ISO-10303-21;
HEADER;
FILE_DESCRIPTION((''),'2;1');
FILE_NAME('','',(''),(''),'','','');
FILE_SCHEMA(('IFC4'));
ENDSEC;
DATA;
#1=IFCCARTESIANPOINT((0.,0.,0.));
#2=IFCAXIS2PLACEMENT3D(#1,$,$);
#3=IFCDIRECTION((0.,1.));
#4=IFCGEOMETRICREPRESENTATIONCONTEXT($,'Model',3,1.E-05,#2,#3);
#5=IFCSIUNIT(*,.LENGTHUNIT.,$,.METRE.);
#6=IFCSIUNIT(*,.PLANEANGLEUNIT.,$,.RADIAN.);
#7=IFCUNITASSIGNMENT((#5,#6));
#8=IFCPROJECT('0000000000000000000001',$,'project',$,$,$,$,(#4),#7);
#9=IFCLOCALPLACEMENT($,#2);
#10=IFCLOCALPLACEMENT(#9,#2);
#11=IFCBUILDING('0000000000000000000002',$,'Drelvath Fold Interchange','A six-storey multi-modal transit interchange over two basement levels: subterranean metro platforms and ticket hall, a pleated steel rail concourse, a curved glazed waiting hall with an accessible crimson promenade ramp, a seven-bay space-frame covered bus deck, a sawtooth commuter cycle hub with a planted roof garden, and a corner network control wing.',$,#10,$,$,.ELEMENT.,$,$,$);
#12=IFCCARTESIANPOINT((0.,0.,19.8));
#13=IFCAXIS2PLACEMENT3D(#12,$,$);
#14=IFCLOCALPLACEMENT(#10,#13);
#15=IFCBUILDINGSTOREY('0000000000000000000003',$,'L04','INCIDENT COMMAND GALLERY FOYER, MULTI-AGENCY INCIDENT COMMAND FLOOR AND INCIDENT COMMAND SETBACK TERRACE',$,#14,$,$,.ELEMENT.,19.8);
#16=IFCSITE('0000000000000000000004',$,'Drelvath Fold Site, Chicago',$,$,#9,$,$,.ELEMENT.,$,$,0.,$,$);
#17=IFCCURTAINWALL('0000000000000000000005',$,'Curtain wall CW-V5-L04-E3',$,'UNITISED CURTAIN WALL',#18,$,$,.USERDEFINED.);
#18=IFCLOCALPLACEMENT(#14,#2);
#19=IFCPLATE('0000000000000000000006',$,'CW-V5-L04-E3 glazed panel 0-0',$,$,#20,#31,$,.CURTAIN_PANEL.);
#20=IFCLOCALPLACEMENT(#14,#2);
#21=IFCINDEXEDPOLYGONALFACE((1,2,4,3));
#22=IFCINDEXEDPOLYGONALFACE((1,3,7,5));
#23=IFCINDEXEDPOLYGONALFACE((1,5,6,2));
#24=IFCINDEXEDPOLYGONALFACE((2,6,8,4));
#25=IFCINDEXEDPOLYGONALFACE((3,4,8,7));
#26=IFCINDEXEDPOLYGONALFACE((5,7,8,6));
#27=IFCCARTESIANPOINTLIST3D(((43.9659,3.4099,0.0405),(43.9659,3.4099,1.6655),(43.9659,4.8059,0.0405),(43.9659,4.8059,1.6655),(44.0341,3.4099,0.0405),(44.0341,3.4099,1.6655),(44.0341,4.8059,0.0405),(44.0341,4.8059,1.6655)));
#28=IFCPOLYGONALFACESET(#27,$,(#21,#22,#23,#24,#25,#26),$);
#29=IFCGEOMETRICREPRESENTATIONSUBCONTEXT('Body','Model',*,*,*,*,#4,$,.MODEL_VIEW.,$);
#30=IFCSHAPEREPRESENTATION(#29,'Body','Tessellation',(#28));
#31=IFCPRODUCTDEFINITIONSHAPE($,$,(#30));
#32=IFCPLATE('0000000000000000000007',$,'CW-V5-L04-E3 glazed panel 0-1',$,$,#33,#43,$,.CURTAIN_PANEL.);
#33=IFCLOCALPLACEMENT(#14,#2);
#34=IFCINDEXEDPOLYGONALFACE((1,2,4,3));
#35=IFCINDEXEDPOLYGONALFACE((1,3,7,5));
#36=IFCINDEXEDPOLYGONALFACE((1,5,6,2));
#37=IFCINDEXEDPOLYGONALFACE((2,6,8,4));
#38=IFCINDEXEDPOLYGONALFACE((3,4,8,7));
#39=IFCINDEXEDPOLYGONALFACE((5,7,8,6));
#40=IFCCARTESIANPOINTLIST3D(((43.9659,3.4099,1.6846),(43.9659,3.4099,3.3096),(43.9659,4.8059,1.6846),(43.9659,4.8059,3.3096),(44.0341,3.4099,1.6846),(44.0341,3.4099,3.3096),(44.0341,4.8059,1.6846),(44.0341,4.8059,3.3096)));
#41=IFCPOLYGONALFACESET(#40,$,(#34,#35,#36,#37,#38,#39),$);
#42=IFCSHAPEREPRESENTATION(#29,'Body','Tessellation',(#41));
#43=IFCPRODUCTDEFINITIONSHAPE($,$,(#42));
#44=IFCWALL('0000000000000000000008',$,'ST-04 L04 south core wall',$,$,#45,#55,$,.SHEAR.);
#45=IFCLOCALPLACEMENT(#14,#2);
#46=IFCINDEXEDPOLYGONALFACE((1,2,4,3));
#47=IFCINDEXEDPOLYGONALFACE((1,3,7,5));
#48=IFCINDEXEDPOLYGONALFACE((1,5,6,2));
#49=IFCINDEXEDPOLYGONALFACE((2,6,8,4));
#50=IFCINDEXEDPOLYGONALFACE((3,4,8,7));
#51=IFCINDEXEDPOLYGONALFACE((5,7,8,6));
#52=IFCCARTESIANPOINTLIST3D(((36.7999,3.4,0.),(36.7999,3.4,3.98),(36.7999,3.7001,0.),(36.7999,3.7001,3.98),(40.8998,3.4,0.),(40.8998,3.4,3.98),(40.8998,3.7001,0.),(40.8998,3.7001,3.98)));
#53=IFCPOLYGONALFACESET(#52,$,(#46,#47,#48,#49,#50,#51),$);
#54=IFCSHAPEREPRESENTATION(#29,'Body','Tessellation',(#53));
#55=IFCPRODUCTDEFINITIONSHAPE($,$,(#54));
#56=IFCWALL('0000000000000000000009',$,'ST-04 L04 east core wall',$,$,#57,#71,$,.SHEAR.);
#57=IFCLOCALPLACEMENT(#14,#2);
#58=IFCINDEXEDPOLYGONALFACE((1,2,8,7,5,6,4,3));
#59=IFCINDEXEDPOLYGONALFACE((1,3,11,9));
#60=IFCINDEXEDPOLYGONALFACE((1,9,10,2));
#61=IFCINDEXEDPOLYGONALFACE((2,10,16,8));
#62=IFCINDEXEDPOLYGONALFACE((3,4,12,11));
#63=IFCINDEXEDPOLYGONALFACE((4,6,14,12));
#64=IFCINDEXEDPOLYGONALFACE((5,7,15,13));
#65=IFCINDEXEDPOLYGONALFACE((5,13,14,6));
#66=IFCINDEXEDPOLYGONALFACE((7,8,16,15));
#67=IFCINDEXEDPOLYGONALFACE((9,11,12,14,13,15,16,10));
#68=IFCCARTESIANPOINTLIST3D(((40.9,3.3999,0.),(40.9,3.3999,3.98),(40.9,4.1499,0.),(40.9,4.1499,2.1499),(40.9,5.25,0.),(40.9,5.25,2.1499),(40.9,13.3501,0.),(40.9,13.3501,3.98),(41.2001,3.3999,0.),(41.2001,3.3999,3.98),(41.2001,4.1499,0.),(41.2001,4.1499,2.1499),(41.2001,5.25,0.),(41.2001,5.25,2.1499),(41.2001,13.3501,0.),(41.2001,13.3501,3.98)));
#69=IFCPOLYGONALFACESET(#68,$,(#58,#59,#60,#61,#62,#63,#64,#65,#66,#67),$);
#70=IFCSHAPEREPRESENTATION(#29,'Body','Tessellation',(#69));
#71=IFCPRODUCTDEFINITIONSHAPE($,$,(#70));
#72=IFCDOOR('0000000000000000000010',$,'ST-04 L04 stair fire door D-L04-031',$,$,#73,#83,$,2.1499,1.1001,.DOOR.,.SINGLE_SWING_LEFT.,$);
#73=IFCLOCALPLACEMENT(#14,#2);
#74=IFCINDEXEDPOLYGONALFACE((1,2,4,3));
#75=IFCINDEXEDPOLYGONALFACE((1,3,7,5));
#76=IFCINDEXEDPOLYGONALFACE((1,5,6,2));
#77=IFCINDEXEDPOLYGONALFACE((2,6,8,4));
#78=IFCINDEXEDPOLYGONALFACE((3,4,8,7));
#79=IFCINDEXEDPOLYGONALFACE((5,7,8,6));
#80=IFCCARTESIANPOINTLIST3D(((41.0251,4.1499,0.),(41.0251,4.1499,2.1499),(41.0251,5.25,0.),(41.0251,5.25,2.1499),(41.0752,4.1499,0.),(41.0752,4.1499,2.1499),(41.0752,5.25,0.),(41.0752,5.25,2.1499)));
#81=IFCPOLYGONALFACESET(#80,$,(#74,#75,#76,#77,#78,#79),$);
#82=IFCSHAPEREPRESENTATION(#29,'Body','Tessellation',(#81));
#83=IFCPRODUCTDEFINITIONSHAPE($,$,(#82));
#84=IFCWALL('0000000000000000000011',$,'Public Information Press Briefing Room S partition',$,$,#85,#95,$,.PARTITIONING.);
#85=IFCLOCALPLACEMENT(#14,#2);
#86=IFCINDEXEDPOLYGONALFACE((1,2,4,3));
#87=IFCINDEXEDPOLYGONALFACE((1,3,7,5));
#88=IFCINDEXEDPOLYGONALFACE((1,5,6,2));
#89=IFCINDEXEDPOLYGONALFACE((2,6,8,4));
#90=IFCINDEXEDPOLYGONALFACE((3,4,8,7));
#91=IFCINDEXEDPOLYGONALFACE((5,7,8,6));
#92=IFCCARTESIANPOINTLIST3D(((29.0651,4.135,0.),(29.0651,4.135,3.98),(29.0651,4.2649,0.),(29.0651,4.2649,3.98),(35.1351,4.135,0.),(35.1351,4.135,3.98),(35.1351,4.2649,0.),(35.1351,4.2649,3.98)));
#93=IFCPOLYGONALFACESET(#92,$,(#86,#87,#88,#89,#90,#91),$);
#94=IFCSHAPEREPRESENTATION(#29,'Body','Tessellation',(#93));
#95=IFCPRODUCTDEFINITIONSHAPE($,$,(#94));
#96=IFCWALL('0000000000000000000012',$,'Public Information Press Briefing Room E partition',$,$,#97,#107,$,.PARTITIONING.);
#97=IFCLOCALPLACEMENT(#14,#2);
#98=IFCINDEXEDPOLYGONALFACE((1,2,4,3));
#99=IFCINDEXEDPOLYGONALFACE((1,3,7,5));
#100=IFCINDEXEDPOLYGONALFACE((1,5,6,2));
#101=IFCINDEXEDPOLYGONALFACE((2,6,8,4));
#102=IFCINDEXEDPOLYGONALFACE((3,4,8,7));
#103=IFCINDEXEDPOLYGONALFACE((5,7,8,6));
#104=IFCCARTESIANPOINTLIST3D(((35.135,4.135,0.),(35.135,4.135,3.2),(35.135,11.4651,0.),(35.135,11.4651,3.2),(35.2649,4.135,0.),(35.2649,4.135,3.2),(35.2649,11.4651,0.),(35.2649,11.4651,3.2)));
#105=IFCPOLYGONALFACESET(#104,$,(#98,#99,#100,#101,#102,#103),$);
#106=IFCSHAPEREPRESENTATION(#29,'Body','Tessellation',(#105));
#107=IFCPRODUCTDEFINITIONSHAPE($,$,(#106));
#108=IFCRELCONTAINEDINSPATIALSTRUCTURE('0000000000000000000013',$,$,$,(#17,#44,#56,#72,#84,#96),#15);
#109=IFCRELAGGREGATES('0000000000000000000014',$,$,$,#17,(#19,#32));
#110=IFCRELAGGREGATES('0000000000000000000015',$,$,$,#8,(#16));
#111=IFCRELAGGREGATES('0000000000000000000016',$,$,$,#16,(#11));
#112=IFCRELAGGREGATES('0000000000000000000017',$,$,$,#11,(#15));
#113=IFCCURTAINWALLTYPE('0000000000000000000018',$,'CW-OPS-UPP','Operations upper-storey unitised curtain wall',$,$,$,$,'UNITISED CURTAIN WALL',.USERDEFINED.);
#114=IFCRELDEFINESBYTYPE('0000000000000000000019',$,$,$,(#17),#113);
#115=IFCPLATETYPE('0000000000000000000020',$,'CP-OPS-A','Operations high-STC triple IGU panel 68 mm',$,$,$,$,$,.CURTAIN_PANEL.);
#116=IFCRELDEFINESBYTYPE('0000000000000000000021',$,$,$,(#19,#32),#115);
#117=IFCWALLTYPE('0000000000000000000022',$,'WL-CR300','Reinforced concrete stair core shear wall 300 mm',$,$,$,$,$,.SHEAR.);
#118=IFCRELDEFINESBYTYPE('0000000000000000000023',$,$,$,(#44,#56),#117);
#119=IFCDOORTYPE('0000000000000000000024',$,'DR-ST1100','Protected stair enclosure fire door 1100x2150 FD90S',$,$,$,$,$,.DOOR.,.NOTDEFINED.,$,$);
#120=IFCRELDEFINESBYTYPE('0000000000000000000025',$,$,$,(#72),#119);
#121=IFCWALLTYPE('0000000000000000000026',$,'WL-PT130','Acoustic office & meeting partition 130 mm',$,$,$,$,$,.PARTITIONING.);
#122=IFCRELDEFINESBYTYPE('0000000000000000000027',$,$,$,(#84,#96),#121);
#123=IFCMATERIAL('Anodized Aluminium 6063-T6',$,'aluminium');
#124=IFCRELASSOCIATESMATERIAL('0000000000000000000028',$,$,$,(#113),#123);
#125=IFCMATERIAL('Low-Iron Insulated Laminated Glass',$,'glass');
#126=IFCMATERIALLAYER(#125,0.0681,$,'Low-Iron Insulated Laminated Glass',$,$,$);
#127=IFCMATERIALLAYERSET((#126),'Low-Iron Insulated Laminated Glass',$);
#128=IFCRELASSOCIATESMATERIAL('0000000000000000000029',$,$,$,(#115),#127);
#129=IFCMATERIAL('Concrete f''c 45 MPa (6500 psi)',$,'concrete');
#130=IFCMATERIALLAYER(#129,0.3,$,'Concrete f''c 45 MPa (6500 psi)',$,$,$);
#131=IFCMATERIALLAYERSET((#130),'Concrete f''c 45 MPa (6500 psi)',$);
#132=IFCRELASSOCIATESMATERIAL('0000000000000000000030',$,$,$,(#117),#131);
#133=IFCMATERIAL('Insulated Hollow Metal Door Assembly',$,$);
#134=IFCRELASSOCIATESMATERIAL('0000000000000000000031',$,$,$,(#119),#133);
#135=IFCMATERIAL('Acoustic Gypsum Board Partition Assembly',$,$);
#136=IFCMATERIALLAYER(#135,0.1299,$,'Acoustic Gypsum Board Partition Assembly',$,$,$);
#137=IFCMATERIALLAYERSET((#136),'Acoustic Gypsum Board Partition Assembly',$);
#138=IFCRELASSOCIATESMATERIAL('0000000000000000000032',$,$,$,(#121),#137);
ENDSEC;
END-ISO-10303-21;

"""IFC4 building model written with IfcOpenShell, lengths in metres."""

from ifc_helpers import new_model, si_unit, direction, frame, frame_2d, origin, origin_2d, place, context, subcontext, project, spatial, rectangle, extrude, material, layer, layer_set, type_object, element, fill, aggregate, save


model = new_model("IFC4")

# Units and contexts
model_context = context("Model", 3, precision=1e-05, world=origin(), true_north=direction((0.0, 1.0)))
body_context = subcontext(model_context, "Body", "Model", "MODEL_VIEW")
ifc_project = project(units=[si_unit("LENGTHUNIT", "METRE"), si_unit("PLANEANGLEUNIT", "RADIAN")], contexts=[model_context])

# Site, building, storey
site_placement = place(None, origin())
site = spatial("IfcSite", under=ifc_project, at=site_placement, Name="Drelvath Fold Site, Chicago", CompositionType="ELEMENT", RefElevation=0.0)
building_placement = place(site_placement, origin())
building = spatial("IfcBuilding", under=site, at=building_placement, Name="Drelvath Fold Interchange", Description="A six-storey multi-modal transit interchange over two basement levels: subterranean metro platforms and ticket hall, a pleated steel rail concourse, a curved glazed waiting hall with an accessible crimson promenade ramp, a seven-bay space-frame covered bus deck, a sawtooth commuter cycle hub with a planted roof garden, and a corner network control wing.", CompositionType="ELEMENT")
storey_placement = place(building_placement, frame((0.0, 0.0, 19.8)))
storey = spatial("IfcBuildingStorey", under=building, at=storey_placement, Name="L04", Description="INCIDENT COMMAND GALLERY FOYER, MULTI-AGENCY INCIDENT COMMAND FLOOR AND INCIDENT COMMAND SETBACK TERRACE", CompositionType="ELEMENT", Elevation=19.8)

# Curtain wall
ifc_material_1 = material(Name="Anodized Aluminium 6063-T6", Category="aluminium")
curtain_wall_type = type_object("IfcCurtainWallType", Name="CW-OPS-UPP", Description="Operations upper-storey unitised curtain wall", ElementType="UNITISED CURTAIN WALL", PredefinedType="USERDEFINED", material=ifc_material_1)
curtain_wall_1_placement = place(storey_placement, origin())
curtain_wall_1 = element("IfcCurtainWall", 1, at=curtain_wall_1_placement, inside=storey, type_object=curtain_wall_type, Name="Curtain wall CW-V5-L04-E3", ObjectType="UNITISED CURTAIN WALL", PredefinedType="USERDEFINED")

# Plates
ifc_material_2 = material(Name="Low-Iron Insulated Laminated Glass", Category="glass")
ifc_layer_1 = layer(ifc_material_2, 0.0681, Name="Low-Iron Insulated Laminated Glass")
ifc_layer_set_1 = layer_set([ifc_layer_1], Name="Low-Iron Insulated Laminated Glass")
plate_type = type_object("IfcPlateType", Name="CP-OPS-A", Description="Operations high-STC triple IGU panel 68 mm", PredefinedType="CURTAIN_PANEL", material=ifc_layer_set_1)
plate_1_placement = place(storey_placement, frame((44.0, 4.1079, 0.0405), z_axis=(0.0, 0.0, 1.0), x_axis=(0.0, 1.0, 0.0)))
plate_1 = element("IfcPlate", 2, at=plate_1_placement, type_object=plate_type, Name="CW-V5-L04-E3 glazed panel 0-0", PredefinedType="CURTAIN_PANEL", context=body_context, shape_type="SweptSolid", body=[
    extrude(rectangle(XDim=1.396, YDim=0.0681, at=origin_2d()), origin(), (0.0, 0.0, 1.0), 1.625),
])
plate_2_placement = place(storey_placement, frame((44.0, 4.1079, 1.6846), z_axis=(0.0, 0.0, 1.0), x_axis=(0.0, 1.0, 0.0)))
plate_2 = element("IfcPlate", 3, at=plate_2_placement, type_object=plate_type, Name="CW-V5-L04-E3 glazed panel 0-1", PredefinedType="CURTAIN_PANEL", context=body_context, shape_type="SweptSolid", body=[
    extrude(rectangle(XDim=1.396, YDim=0.0681, at=origin_2d()), origin(), (0.0, 0.0, 1.0), 1.625),
])
aggregate(curtain_wall_1, [plate_1, plate_2])

# Wall
ifc_material_3 = material(Name="Concrete f'c 45 MPa (6500 psi)", Category="concrete")
ifc_layer_2 = layer(ifc_material_3, 0.3, Name="Concrete f'c 45 MPa (6500 psi)")
ifc_layer_set_2 = layer_set([ifc_layer_2], Name="Concrete f'c 45 MPa (6500 psi)")
wall_type_1 = type_object("IfcWallType", Name="WL-CR300", Description="Reinforced concrete stair core shear wall 300 mm", PredefinedType="SHEAR", material=ifc_layer_set_2)
wall_1_placement = place(storey_placement, frame((36.8, 3.55, 0.0), z_axis=(0.0, 0.0, 1.0), x_axis=(1.0, 0.0, 0.0)))
element("IfcWall", 4, at=wall_1_placement, inside=storey, type_object=wall_type_1, Name="ST-04 L04 south core wall", PredefinedType="SHEAR", context=body_context, shape_type="SweptSolid", body=[
    extrude(rectangle(XDim=4.0999, YDim=0.3, at=frame_2d((2.0498, 0.0))), origin(), (0.0, 0.0, 1.0), 3.98),
])

# Wall, opening, door
wall_2_placement = place(storey_placement, frame((41.05, 3.3999, 0.0), z_axis=(0.0, 0.0, 1.0), x_axis=(0.0, 1.0, 0.0)))
wall_2 = element("IfcWall", 5, at=wall_2_placement, inside=storey, type_object=wall_type_1, Name="ST-04 L04 east core wall", PredefinedType="SHEAR", context=body_context, shape_type="SweptSolid", body=[
    extrude(rectangle(XDim=9.9502, YDim=0.3, at=frame_2d((4.9751, 0.0))), origin(), (0.0, 0.0, 1.0), 3.98),
])
opening_placement = place(wall_2_placement, frame((0.75, 0.0, 0.0)))
opening = element("IfcOpeningElement", 6, at=opening_placement, cuts=wall_2, PredefinedType="OPENING", context=body_context, shape_type="SweptSolid", body=[
    extrude(rectangle(XDim=1.1001, YDim=2.1499, at=frame_2d((0.55, 1.075))), frame((0.0, 0.1599, 0.0), z_axis=(0.0, -1.0, 0.0), x_axis=(1.0, 0.0, 0.0)), (0.0, 0.0, 1.0), 0.3201),
])
ifc_material_4 = material(Name="Insulated Hollow Metal Door Assembly")
door_type = type_object("IfcDoorType", Name="DR-ST1100", Description="Protected stair enclosure fire door 1100x2150 FD90S", OperationType="NOTDEFINED", PredefinedType="DOOR", material=ifc_material_4)
door_placement = place(opening_placement, origin())
door = element("IfcDoor", 7, at=door_placement, inside=storey, type_object=door_type, Name="ST-04 L04 stair fire door D-L04-031", OperationType="SINGLE_SWING_LEFT", OverallHeight=2.1499, OverallWidth=1.1001, PredefinedType="DOOR", context=body_context, shape_type="SweptSolid", body=[
    extrude(rectangle(XDim=1.1001, YDim=2.1499, at=frame_2d((0.55, 1.075))), frame((0.0, 0.0249, 0.0), z_axis=(0.0, -1.0, 0.0), x_axis=(1.0, 0.0, 0.0)), (0.0, 0.0, 1.0), 0.05),
])
fill(opening, door)

# Walls
ifc_material_5 = material(Name="Acoustic Gypsum Board Partition Assembly")
ifc_layer_3 = layer(ifc_material_5, 0.1299, Name="Acoustic Gypsum Board Partition Assembly")
ifc_layer_set_3 = layer_set([ifc_layer_3], Name="Acoustic Gypsum Board Partition Assembly")
wall_type_2 = type_object("IfcWallType", Name="WL-PT130", Description="Acoustic office & meeting partition 130 mm", PredefinedType="PARTITIONING", material=ifc_layer_set_3)
wall_3_placement = place(storey_placement, frame((29.0649, 4.2, 0.0), z_axis=(0.0, 0.0, 1.0), x_axis=(1.0, 0.0, 0.0)))
element("IfcWall", 8, at=wall_3_placement, inside=storey, type_object=wall_type_2, Name="Public Information Press Briefing Room S partition", PredefinedType="PARTITIONING", context=body_context, shape_type="SweptSolid", body=[
    extrude(rectangle(XDim=6.0701, YDim=0.1299, at=frame_2d((3.0352, 0.0))), origin(), (0.0, 0.0, 1.0), 3.98),
])
wall_4_placement = place(storey_placement, frame((35.2, 4.135, 0.0), z_axis=(0.0, 0.0, 1.0), x_axis=(0.0, 1.0, 0.0)))
element("IfcWall", 9, at=wall_4_placement, inside=storey, type_object=wall_type_2, Name="Public Information Press Briefing Room E partition", PredefinedType="PARTITIONING", context=body_context, shape_type="SweptSolid", body=[
    extrude(rectangle(XDim=7.3301, YDim=0.1299, at=frame_2d((3.665, 0.0))), origin(), (0.0, 0.0, 1.0), 3.2),
])

save(model, "model.ifc")
